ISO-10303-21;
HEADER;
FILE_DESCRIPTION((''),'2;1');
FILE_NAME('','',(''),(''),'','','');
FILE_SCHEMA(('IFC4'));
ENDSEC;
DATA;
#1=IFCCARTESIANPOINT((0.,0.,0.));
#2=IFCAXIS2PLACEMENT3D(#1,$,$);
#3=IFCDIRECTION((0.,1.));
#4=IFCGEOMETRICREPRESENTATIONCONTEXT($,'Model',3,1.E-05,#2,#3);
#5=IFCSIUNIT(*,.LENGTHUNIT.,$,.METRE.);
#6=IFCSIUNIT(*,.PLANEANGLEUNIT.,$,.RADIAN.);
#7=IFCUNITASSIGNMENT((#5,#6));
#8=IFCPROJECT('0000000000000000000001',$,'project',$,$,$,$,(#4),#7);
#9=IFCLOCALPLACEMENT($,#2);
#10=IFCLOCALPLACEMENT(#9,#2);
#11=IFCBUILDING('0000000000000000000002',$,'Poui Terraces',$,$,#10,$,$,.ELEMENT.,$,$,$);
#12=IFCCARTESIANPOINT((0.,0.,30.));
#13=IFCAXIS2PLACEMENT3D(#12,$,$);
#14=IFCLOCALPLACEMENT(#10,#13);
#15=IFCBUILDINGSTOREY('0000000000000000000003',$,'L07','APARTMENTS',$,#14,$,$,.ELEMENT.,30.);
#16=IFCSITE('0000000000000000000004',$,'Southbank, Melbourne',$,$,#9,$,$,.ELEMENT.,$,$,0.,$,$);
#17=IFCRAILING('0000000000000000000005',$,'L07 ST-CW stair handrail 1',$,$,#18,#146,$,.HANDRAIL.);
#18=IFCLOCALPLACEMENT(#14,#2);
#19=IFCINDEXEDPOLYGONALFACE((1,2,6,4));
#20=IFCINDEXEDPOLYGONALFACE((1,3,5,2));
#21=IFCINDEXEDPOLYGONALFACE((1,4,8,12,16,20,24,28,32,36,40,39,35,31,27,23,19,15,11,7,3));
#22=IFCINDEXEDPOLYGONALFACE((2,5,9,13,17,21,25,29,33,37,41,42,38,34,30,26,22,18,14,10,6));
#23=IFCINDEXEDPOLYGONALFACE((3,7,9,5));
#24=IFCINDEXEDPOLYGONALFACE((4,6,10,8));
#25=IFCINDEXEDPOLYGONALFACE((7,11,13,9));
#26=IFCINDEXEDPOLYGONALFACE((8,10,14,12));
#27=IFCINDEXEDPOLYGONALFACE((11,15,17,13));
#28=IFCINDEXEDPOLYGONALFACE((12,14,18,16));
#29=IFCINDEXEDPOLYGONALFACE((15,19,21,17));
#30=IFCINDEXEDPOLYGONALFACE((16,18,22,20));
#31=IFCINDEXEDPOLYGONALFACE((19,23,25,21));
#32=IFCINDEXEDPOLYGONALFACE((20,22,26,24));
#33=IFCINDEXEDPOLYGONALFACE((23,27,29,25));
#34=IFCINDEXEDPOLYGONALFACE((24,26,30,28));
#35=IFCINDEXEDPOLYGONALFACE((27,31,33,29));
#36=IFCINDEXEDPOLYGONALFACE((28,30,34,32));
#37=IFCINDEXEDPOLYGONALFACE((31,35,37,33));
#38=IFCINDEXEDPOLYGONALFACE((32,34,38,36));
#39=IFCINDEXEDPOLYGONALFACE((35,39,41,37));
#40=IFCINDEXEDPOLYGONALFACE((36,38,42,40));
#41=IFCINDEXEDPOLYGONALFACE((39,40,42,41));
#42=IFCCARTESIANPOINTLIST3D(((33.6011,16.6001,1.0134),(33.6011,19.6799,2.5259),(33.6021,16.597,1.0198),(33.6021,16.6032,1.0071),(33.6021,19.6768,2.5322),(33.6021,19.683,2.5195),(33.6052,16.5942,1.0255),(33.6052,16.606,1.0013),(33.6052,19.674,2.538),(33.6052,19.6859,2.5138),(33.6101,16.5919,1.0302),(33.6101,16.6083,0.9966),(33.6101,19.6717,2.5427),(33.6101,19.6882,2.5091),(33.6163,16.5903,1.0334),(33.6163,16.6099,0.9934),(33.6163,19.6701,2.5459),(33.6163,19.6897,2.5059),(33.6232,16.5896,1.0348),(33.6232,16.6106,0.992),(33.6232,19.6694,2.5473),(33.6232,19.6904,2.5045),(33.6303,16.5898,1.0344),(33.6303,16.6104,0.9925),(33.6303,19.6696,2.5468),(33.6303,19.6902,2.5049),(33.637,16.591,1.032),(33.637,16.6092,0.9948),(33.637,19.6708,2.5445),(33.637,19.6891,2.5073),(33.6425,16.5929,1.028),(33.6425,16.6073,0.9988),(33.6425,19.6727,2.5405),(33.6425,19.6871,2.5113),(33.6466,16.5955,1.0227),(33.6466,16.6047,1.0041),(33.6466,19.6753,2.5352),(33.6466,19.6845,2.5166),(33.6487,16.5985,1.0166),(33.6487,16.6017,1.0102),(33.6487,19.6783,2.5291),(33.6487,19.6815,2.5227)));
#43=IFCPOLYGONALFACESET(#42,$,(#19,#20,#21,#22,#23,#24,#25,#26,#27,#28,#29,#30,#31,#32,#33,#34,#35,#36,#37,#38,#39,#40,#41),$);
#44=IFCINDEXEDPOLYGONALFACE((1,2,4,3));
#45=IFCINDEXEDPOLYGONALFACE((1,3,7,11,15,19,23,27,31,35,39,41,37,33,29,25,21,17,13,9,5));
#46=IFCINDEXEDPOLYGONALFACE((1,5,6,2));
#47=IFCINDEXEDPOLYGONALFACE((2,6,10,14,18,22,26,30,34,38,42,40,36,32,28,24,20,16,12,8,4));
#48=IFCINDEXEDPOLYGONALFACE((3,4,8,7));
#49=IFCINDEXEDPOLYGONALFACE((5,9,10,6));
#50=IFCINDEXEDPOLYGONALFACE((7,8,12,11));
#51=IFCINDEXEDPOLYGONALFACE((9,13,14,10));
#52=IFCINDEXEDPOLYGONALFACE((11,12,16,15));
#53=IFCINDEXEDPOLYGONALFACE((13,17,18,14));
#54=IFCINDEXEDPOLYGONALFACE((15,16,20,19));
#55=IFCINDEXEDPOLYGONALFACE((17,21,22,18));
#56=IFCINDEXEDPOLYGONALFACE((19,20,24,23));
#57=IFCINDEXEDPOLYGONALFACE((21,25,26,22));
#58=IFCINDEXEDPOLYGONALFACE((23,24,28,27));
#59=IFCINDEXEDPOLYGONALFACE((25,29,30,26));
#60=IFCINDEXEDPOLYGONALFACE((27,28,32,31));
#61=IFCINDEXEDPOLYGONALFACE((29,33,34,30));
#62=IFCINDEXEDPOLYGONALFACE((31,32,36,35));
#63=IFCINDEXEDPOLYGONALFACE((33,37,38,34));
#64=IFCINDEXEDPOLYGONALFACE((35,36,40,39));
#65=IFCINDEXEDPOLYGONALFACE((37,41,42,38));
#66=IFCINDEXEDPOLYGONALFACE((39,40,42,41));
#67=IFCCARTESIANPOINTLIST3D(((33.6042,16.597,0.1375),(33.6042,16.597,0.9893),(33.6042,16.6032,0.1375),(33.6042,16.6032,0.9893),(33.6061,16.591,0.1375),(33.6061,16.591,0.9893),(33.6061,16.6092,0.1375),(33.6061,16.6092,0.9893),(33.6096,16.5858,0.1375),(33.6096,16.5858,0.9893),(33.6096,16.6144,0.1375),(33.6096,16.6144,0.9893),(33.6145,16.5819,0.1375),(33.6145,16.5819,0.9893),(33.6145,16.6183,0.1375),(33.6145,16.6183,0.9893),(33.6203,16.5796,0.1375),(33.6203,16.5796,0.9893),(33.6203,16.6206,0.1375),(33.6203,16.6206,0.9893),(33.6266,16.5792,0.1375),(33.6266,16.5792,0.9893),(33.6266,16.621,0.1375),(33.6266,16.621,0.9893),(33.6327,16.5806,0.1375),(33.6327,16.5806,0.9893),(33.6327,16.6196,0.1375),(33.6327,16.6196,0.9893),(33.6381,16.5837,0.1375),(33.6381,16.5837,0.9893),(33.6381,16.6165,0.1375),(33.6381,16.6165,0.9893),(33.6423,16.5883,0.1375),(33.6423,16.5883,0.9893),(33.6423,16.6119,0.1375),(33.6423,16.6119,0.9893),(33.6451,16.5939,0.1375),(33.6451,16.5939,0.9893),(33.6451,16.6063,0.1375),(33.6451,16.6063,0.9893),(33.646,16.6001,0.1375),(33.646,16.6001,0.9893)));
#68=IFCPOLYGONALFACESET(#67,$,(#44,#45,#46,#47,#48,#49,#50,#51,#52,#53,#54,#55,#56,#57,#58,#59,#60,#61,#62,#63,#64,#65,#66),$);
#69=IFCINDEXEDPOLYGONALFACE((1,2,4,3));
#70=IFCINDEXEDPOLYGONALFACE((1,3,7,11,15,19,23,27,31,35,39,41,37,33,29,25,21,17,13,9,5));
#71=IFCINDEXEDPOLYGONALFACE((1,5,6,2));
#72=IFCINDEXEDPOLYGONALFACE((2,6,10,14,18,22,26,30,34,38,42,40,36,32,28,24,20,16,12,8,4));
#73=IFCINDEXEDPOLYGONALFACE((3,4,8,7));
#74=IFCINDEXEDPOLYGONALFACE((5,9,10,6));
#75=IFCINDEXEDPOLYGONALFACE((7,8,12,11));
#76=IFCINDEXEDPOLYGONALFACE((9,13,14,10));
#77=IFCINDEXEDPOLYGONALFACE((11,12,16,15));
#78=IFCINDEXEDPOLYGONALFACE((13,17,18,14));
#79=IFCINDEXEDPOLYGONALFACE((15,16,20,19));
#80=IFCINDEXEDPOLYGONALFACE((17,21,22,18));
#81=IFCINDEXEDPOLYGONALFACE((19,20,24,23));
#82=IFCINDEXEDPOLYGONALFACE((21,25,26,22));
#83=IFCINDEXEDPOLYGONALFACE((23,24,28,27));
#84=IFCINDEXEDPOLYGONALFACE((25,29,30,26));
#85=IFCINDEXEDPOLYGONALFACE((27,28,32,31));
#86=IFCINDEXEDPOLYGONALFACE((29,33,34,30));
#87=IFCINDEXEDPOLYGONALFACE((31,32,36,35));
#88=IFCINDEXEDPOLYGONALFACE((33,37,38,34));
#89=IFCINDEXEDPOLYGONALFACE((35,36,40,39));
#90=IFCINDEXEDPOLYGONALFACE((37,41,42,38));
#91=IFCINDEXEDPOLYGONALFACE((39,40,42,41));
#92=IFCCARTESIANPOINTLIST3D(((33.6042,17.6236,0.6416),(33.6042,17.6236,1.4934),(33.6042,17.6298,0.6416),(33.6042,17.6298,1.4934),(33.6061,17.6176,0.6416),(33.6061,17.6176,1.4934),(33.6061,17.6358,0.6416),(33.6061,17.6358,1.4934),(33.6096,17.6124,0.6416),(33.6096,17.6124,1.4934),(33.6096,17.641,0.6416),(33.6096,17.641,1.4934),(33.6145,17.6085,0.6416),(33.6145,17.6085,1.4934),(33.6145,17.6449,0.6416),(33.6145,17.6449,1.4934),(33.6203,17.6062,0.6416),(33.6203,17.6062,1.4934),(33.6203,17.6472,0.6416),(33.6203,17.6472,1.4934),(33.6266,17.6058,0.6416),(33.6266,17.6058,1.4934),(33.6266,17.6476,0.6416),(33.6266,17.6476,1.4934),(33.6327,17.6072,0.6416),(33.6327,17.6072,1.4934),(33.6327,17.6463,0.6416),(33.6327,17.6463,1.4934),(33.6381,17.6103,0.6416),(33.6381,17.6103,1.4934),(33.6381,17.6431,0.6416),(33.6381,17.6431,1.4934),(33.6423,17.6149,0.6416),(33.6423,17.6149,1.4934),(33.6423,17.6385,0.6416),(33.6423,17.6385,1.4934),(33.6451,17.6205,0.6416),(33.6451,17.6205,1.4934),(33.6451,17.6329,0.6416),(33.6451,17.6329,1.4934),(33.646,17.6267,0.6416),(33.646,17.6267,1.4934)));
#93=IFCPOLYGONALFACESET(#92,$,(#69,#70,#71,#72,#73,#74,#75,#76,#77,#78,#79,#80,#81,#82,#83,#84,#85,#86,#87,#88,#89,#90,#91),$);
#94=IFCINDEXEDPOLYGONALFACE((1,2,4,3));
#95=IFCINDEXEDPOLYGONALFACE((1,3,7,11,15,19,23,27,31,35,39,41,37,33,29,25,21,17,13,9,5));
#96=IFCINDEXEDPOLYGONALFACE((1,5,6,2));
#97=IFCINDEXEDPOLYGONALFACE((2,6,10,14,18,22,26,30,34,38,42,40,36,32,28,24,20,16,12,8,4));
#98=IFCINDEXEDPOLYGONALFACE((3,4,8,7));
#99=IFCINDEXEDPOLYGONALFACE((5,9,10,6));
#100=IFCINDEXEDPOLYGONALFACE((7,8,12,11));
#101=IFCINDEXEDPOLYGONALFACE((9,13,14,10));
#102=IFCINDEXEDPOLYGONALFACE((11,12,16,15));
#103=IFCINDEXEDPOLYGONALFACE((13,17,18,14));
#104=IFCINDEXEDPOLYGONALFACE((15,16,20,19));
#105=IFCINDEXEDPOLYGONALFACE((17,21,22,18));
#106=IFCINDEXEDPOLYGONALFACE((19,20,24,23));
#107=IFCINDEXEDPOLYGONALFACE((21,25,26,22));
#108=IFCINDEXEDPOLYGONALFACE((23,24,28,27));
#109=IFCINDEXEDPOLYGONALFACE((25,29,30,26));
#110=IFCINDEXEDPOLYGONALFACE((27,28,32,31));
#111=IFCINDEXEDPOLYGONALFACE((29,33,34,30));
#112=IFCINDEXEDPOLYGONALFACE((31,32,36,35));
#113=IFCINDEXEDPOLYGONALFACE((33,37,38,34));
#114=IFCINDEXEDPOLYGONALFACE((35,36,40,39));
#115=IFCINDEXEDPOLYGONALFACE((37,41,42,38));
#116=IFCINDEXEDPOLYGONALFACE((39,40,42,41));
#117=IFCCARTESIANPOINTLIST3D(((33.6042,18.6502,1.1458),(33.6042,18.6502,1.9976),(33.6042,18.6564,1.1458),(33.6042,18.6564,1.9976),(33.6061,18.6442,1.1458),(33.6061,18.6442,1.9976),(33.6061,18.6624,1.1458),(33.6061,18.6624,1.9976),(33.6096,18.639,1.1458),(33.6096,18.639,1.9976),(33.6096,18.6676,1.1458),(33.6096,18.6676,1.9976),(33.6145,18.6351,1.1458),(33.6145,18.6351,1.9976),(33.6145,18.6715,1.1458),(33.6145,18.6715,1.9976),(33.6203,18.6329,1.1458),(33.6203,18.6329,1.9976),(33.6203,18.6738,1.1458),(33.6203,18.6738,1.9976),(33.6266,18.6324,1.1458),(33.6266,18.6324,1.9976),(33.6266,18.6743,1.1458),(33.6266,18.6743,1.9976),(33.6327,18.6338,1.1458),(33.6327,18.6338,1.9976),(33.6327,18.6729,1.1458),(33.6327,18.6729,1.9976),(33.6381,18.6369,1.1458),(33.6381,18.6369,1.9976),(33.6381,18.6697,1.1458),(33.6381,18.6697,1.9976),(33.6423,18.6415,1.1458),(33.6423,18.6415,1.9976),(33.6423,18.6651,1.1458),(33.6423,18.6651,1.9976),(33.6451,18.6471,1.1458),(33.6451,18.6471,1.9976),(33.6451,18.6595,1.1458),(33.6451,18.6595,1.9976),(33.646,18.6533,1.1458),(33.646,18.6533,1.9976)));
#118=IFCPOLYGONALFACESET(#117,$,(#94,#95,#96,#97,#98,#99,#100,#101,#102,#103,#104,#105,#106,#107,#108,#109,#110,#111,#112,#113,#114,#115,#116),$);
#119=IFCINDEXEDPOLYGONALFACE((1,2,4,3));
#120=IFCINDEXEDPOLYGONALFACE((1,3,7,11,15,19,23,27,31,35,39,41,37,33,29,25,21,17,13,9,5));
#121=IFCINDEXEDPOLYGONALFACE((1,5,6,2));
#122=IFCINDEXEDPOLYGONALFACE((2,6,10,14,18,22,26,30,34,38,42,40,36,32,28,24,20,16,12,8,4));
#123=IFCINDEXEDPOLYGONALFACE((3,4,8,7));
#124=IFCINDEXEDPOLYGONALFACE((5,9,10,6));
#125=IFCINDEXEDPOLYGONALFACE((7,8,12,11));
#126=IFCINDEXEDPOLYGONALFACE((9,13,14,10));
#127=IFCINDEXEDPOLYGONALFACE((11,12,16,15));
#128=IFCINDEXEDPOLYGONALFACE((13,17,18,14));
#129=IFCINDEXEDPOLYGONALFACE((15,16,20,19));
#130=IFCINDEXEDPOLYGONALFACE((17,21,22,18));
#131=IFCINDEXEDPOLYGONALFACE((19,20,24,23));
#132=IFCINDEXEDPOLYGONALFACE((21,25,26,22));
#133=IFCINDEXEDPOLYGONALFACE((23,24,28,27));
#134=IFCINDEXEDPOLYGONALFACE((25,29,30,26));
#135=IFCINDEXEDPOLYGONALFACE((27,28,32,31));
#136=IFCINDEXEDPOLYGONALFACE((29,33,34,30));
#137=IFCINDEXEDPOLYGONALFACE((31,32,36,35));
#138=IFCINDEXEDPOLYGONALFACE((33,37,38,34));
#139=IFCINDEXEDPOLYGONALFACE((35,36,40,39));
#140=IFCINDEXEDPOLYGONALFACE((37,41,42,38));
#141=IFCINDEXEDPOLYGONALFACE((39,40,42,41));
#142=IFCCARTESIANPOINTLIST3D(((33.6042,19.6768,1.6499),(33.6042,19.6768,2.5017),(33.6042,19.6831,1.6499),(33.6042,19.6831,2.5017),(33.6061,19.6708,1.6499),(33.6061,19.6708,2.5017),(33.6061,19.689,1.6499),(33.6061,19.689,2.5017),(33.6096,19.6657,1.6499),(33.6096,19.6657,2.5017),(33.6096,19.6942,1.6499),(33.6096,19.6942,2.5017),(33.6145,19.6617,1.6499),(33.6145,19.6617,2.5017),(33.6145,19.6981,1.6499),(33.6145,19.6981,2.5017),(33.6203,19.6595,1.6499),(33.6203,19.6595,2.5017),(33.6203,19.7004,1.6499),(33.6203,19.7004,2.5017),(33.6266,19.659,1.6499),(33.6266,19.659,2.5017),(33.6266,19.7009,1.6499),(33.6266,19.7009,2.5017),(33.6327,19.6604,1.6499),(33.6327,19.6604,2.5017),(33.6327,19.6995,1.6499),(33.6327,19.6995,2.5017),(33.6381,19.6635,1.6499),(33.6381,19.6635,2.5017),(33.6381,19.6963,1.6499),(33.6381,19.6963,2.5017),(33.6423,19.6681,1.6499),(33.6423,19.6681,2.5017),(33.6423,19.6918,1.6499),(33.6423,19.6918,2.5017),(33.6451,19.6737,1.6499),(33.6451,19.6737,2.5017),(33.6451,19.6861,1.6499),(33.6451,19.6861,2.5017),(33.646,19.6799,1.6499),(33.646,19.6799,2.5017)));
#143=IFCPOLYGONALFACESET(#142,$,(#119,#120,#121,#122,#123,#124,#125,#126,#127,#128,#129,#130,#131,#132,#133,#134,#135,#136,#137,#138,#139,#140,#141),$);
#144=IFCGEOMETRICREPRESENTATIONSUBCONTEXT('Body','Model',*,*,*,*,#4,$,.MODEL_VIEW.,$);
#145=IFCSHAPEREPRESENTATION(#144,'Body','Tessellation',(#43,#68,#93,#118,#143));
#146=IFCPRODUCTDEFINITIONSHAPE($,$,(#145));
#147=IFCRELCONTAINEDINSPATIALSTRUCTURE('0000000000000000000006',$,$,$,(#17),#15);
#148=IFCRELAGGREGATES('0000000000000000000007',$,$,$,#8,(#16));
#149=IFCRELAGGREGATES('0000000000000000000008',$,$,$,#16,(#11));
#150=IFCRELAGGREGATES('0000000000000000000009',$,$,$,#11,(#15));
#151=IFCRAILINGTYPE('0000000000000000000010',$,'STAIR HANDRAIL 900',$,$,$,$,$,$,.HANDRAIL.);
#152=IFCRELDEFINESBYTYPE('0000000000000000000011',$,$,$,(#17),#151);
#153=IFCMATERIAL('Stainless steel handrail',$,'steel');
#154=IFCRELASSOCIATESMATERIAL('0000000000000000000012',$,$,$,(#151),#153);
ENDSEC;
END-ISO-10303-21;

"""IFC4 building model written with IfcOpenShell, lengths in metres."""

from ifc_helpers import new_model, si_unit, direction, frame, origin, origin_2d, place, context, subcontext, project, spatial, circle, extrude, material, type_object, element, save


model = new_model("IFC4")

# Units and contexts
model_context = context("Model", 3, precision=1e-05, world=origin(), true_north=direction((0.0, 1.0)))
body_context = subcontext(model_context, "Body", "Model", "MODEL_VIEW")
ifc_project = project(units=[si_unit("LENGTHUNIT", "METRE"), si_unit("PLANEANGLEUNIT", "RADIAN")], contexts=[model_context])

# Site, building, storey
site_placement = place(None, origin())
site = spatial("IfcSite", under=ifc_project, at=site_placement, Name="Southbank, Melbourne", CompositionType="ELEMENT", RefElevation=0.0)
building_placement = place(site_placement, origin())
building = spatial("IfcBuilding", under=site, at=building_placement, Name="Poui Terraces", CompositionType="ELEMENT")
storey_placement = place(building_placement, frame((0.0, 0.0, 30.0)))
storey = spatial("IfcBuildingStorey", under=building, at=storey_placement, Name="L07", Description="APARTMENTS", CompositionType="ELEMENT", Elevation=30.0)

# Railing
ifc_material_1 = material(Name="Stainless steel handrail", Category="steel")
railing_type_1 = type_object("IfcRailingType", Name="STAIR HANDRAIL 900", PredefinedType="HANDRAIL", material=ifc_material_1)
railing_1_placement = place(storey_placement, frame((33.625, 16.6001, 0.1375)))
element("IfcRailing", 1, at=railing_1_placement, inside=storey, type_object=railing_type_1, Name="L07 ST-CW stair handrail 1", PredefinedType="HANDRAIL", context=body_context, shape_type="SweptSolid", body=[
    extrude(circle(Radius=0.0239, at=origin_2d()), frame((0.0, 0.0, 0.876), z_axis=(0.0, 0.897606, 0.440798), x_axis=(-1.0, 0.0, 0.0)), (0.0, 0.0, 1.0), 3.4312),
    extrude(circle(Radius=0.021, at=origin_2d()), origin(), (0.0, 0.0, 1.0), 0.8518),
    extrude(circle(Radius=0.021, at=origin_2d()), frame((0.0, 1.0266, 0.5042)), (0.0, 0.0, 1.0), 0.8518),
    extrude(circle(Radius=0.021, at=origin_2d()), frame((0.0, 2.0532, 1.0083)), (0.0, 0.0, 1.0), 0.8518),
    extrude(circle(Radius=0.021, at=origin_2d()), frame((0.0, 3.0798, 1.5125)), (0.0, 0.0, 1.0), 0.8518),
])

save(model, "model.ifc")
